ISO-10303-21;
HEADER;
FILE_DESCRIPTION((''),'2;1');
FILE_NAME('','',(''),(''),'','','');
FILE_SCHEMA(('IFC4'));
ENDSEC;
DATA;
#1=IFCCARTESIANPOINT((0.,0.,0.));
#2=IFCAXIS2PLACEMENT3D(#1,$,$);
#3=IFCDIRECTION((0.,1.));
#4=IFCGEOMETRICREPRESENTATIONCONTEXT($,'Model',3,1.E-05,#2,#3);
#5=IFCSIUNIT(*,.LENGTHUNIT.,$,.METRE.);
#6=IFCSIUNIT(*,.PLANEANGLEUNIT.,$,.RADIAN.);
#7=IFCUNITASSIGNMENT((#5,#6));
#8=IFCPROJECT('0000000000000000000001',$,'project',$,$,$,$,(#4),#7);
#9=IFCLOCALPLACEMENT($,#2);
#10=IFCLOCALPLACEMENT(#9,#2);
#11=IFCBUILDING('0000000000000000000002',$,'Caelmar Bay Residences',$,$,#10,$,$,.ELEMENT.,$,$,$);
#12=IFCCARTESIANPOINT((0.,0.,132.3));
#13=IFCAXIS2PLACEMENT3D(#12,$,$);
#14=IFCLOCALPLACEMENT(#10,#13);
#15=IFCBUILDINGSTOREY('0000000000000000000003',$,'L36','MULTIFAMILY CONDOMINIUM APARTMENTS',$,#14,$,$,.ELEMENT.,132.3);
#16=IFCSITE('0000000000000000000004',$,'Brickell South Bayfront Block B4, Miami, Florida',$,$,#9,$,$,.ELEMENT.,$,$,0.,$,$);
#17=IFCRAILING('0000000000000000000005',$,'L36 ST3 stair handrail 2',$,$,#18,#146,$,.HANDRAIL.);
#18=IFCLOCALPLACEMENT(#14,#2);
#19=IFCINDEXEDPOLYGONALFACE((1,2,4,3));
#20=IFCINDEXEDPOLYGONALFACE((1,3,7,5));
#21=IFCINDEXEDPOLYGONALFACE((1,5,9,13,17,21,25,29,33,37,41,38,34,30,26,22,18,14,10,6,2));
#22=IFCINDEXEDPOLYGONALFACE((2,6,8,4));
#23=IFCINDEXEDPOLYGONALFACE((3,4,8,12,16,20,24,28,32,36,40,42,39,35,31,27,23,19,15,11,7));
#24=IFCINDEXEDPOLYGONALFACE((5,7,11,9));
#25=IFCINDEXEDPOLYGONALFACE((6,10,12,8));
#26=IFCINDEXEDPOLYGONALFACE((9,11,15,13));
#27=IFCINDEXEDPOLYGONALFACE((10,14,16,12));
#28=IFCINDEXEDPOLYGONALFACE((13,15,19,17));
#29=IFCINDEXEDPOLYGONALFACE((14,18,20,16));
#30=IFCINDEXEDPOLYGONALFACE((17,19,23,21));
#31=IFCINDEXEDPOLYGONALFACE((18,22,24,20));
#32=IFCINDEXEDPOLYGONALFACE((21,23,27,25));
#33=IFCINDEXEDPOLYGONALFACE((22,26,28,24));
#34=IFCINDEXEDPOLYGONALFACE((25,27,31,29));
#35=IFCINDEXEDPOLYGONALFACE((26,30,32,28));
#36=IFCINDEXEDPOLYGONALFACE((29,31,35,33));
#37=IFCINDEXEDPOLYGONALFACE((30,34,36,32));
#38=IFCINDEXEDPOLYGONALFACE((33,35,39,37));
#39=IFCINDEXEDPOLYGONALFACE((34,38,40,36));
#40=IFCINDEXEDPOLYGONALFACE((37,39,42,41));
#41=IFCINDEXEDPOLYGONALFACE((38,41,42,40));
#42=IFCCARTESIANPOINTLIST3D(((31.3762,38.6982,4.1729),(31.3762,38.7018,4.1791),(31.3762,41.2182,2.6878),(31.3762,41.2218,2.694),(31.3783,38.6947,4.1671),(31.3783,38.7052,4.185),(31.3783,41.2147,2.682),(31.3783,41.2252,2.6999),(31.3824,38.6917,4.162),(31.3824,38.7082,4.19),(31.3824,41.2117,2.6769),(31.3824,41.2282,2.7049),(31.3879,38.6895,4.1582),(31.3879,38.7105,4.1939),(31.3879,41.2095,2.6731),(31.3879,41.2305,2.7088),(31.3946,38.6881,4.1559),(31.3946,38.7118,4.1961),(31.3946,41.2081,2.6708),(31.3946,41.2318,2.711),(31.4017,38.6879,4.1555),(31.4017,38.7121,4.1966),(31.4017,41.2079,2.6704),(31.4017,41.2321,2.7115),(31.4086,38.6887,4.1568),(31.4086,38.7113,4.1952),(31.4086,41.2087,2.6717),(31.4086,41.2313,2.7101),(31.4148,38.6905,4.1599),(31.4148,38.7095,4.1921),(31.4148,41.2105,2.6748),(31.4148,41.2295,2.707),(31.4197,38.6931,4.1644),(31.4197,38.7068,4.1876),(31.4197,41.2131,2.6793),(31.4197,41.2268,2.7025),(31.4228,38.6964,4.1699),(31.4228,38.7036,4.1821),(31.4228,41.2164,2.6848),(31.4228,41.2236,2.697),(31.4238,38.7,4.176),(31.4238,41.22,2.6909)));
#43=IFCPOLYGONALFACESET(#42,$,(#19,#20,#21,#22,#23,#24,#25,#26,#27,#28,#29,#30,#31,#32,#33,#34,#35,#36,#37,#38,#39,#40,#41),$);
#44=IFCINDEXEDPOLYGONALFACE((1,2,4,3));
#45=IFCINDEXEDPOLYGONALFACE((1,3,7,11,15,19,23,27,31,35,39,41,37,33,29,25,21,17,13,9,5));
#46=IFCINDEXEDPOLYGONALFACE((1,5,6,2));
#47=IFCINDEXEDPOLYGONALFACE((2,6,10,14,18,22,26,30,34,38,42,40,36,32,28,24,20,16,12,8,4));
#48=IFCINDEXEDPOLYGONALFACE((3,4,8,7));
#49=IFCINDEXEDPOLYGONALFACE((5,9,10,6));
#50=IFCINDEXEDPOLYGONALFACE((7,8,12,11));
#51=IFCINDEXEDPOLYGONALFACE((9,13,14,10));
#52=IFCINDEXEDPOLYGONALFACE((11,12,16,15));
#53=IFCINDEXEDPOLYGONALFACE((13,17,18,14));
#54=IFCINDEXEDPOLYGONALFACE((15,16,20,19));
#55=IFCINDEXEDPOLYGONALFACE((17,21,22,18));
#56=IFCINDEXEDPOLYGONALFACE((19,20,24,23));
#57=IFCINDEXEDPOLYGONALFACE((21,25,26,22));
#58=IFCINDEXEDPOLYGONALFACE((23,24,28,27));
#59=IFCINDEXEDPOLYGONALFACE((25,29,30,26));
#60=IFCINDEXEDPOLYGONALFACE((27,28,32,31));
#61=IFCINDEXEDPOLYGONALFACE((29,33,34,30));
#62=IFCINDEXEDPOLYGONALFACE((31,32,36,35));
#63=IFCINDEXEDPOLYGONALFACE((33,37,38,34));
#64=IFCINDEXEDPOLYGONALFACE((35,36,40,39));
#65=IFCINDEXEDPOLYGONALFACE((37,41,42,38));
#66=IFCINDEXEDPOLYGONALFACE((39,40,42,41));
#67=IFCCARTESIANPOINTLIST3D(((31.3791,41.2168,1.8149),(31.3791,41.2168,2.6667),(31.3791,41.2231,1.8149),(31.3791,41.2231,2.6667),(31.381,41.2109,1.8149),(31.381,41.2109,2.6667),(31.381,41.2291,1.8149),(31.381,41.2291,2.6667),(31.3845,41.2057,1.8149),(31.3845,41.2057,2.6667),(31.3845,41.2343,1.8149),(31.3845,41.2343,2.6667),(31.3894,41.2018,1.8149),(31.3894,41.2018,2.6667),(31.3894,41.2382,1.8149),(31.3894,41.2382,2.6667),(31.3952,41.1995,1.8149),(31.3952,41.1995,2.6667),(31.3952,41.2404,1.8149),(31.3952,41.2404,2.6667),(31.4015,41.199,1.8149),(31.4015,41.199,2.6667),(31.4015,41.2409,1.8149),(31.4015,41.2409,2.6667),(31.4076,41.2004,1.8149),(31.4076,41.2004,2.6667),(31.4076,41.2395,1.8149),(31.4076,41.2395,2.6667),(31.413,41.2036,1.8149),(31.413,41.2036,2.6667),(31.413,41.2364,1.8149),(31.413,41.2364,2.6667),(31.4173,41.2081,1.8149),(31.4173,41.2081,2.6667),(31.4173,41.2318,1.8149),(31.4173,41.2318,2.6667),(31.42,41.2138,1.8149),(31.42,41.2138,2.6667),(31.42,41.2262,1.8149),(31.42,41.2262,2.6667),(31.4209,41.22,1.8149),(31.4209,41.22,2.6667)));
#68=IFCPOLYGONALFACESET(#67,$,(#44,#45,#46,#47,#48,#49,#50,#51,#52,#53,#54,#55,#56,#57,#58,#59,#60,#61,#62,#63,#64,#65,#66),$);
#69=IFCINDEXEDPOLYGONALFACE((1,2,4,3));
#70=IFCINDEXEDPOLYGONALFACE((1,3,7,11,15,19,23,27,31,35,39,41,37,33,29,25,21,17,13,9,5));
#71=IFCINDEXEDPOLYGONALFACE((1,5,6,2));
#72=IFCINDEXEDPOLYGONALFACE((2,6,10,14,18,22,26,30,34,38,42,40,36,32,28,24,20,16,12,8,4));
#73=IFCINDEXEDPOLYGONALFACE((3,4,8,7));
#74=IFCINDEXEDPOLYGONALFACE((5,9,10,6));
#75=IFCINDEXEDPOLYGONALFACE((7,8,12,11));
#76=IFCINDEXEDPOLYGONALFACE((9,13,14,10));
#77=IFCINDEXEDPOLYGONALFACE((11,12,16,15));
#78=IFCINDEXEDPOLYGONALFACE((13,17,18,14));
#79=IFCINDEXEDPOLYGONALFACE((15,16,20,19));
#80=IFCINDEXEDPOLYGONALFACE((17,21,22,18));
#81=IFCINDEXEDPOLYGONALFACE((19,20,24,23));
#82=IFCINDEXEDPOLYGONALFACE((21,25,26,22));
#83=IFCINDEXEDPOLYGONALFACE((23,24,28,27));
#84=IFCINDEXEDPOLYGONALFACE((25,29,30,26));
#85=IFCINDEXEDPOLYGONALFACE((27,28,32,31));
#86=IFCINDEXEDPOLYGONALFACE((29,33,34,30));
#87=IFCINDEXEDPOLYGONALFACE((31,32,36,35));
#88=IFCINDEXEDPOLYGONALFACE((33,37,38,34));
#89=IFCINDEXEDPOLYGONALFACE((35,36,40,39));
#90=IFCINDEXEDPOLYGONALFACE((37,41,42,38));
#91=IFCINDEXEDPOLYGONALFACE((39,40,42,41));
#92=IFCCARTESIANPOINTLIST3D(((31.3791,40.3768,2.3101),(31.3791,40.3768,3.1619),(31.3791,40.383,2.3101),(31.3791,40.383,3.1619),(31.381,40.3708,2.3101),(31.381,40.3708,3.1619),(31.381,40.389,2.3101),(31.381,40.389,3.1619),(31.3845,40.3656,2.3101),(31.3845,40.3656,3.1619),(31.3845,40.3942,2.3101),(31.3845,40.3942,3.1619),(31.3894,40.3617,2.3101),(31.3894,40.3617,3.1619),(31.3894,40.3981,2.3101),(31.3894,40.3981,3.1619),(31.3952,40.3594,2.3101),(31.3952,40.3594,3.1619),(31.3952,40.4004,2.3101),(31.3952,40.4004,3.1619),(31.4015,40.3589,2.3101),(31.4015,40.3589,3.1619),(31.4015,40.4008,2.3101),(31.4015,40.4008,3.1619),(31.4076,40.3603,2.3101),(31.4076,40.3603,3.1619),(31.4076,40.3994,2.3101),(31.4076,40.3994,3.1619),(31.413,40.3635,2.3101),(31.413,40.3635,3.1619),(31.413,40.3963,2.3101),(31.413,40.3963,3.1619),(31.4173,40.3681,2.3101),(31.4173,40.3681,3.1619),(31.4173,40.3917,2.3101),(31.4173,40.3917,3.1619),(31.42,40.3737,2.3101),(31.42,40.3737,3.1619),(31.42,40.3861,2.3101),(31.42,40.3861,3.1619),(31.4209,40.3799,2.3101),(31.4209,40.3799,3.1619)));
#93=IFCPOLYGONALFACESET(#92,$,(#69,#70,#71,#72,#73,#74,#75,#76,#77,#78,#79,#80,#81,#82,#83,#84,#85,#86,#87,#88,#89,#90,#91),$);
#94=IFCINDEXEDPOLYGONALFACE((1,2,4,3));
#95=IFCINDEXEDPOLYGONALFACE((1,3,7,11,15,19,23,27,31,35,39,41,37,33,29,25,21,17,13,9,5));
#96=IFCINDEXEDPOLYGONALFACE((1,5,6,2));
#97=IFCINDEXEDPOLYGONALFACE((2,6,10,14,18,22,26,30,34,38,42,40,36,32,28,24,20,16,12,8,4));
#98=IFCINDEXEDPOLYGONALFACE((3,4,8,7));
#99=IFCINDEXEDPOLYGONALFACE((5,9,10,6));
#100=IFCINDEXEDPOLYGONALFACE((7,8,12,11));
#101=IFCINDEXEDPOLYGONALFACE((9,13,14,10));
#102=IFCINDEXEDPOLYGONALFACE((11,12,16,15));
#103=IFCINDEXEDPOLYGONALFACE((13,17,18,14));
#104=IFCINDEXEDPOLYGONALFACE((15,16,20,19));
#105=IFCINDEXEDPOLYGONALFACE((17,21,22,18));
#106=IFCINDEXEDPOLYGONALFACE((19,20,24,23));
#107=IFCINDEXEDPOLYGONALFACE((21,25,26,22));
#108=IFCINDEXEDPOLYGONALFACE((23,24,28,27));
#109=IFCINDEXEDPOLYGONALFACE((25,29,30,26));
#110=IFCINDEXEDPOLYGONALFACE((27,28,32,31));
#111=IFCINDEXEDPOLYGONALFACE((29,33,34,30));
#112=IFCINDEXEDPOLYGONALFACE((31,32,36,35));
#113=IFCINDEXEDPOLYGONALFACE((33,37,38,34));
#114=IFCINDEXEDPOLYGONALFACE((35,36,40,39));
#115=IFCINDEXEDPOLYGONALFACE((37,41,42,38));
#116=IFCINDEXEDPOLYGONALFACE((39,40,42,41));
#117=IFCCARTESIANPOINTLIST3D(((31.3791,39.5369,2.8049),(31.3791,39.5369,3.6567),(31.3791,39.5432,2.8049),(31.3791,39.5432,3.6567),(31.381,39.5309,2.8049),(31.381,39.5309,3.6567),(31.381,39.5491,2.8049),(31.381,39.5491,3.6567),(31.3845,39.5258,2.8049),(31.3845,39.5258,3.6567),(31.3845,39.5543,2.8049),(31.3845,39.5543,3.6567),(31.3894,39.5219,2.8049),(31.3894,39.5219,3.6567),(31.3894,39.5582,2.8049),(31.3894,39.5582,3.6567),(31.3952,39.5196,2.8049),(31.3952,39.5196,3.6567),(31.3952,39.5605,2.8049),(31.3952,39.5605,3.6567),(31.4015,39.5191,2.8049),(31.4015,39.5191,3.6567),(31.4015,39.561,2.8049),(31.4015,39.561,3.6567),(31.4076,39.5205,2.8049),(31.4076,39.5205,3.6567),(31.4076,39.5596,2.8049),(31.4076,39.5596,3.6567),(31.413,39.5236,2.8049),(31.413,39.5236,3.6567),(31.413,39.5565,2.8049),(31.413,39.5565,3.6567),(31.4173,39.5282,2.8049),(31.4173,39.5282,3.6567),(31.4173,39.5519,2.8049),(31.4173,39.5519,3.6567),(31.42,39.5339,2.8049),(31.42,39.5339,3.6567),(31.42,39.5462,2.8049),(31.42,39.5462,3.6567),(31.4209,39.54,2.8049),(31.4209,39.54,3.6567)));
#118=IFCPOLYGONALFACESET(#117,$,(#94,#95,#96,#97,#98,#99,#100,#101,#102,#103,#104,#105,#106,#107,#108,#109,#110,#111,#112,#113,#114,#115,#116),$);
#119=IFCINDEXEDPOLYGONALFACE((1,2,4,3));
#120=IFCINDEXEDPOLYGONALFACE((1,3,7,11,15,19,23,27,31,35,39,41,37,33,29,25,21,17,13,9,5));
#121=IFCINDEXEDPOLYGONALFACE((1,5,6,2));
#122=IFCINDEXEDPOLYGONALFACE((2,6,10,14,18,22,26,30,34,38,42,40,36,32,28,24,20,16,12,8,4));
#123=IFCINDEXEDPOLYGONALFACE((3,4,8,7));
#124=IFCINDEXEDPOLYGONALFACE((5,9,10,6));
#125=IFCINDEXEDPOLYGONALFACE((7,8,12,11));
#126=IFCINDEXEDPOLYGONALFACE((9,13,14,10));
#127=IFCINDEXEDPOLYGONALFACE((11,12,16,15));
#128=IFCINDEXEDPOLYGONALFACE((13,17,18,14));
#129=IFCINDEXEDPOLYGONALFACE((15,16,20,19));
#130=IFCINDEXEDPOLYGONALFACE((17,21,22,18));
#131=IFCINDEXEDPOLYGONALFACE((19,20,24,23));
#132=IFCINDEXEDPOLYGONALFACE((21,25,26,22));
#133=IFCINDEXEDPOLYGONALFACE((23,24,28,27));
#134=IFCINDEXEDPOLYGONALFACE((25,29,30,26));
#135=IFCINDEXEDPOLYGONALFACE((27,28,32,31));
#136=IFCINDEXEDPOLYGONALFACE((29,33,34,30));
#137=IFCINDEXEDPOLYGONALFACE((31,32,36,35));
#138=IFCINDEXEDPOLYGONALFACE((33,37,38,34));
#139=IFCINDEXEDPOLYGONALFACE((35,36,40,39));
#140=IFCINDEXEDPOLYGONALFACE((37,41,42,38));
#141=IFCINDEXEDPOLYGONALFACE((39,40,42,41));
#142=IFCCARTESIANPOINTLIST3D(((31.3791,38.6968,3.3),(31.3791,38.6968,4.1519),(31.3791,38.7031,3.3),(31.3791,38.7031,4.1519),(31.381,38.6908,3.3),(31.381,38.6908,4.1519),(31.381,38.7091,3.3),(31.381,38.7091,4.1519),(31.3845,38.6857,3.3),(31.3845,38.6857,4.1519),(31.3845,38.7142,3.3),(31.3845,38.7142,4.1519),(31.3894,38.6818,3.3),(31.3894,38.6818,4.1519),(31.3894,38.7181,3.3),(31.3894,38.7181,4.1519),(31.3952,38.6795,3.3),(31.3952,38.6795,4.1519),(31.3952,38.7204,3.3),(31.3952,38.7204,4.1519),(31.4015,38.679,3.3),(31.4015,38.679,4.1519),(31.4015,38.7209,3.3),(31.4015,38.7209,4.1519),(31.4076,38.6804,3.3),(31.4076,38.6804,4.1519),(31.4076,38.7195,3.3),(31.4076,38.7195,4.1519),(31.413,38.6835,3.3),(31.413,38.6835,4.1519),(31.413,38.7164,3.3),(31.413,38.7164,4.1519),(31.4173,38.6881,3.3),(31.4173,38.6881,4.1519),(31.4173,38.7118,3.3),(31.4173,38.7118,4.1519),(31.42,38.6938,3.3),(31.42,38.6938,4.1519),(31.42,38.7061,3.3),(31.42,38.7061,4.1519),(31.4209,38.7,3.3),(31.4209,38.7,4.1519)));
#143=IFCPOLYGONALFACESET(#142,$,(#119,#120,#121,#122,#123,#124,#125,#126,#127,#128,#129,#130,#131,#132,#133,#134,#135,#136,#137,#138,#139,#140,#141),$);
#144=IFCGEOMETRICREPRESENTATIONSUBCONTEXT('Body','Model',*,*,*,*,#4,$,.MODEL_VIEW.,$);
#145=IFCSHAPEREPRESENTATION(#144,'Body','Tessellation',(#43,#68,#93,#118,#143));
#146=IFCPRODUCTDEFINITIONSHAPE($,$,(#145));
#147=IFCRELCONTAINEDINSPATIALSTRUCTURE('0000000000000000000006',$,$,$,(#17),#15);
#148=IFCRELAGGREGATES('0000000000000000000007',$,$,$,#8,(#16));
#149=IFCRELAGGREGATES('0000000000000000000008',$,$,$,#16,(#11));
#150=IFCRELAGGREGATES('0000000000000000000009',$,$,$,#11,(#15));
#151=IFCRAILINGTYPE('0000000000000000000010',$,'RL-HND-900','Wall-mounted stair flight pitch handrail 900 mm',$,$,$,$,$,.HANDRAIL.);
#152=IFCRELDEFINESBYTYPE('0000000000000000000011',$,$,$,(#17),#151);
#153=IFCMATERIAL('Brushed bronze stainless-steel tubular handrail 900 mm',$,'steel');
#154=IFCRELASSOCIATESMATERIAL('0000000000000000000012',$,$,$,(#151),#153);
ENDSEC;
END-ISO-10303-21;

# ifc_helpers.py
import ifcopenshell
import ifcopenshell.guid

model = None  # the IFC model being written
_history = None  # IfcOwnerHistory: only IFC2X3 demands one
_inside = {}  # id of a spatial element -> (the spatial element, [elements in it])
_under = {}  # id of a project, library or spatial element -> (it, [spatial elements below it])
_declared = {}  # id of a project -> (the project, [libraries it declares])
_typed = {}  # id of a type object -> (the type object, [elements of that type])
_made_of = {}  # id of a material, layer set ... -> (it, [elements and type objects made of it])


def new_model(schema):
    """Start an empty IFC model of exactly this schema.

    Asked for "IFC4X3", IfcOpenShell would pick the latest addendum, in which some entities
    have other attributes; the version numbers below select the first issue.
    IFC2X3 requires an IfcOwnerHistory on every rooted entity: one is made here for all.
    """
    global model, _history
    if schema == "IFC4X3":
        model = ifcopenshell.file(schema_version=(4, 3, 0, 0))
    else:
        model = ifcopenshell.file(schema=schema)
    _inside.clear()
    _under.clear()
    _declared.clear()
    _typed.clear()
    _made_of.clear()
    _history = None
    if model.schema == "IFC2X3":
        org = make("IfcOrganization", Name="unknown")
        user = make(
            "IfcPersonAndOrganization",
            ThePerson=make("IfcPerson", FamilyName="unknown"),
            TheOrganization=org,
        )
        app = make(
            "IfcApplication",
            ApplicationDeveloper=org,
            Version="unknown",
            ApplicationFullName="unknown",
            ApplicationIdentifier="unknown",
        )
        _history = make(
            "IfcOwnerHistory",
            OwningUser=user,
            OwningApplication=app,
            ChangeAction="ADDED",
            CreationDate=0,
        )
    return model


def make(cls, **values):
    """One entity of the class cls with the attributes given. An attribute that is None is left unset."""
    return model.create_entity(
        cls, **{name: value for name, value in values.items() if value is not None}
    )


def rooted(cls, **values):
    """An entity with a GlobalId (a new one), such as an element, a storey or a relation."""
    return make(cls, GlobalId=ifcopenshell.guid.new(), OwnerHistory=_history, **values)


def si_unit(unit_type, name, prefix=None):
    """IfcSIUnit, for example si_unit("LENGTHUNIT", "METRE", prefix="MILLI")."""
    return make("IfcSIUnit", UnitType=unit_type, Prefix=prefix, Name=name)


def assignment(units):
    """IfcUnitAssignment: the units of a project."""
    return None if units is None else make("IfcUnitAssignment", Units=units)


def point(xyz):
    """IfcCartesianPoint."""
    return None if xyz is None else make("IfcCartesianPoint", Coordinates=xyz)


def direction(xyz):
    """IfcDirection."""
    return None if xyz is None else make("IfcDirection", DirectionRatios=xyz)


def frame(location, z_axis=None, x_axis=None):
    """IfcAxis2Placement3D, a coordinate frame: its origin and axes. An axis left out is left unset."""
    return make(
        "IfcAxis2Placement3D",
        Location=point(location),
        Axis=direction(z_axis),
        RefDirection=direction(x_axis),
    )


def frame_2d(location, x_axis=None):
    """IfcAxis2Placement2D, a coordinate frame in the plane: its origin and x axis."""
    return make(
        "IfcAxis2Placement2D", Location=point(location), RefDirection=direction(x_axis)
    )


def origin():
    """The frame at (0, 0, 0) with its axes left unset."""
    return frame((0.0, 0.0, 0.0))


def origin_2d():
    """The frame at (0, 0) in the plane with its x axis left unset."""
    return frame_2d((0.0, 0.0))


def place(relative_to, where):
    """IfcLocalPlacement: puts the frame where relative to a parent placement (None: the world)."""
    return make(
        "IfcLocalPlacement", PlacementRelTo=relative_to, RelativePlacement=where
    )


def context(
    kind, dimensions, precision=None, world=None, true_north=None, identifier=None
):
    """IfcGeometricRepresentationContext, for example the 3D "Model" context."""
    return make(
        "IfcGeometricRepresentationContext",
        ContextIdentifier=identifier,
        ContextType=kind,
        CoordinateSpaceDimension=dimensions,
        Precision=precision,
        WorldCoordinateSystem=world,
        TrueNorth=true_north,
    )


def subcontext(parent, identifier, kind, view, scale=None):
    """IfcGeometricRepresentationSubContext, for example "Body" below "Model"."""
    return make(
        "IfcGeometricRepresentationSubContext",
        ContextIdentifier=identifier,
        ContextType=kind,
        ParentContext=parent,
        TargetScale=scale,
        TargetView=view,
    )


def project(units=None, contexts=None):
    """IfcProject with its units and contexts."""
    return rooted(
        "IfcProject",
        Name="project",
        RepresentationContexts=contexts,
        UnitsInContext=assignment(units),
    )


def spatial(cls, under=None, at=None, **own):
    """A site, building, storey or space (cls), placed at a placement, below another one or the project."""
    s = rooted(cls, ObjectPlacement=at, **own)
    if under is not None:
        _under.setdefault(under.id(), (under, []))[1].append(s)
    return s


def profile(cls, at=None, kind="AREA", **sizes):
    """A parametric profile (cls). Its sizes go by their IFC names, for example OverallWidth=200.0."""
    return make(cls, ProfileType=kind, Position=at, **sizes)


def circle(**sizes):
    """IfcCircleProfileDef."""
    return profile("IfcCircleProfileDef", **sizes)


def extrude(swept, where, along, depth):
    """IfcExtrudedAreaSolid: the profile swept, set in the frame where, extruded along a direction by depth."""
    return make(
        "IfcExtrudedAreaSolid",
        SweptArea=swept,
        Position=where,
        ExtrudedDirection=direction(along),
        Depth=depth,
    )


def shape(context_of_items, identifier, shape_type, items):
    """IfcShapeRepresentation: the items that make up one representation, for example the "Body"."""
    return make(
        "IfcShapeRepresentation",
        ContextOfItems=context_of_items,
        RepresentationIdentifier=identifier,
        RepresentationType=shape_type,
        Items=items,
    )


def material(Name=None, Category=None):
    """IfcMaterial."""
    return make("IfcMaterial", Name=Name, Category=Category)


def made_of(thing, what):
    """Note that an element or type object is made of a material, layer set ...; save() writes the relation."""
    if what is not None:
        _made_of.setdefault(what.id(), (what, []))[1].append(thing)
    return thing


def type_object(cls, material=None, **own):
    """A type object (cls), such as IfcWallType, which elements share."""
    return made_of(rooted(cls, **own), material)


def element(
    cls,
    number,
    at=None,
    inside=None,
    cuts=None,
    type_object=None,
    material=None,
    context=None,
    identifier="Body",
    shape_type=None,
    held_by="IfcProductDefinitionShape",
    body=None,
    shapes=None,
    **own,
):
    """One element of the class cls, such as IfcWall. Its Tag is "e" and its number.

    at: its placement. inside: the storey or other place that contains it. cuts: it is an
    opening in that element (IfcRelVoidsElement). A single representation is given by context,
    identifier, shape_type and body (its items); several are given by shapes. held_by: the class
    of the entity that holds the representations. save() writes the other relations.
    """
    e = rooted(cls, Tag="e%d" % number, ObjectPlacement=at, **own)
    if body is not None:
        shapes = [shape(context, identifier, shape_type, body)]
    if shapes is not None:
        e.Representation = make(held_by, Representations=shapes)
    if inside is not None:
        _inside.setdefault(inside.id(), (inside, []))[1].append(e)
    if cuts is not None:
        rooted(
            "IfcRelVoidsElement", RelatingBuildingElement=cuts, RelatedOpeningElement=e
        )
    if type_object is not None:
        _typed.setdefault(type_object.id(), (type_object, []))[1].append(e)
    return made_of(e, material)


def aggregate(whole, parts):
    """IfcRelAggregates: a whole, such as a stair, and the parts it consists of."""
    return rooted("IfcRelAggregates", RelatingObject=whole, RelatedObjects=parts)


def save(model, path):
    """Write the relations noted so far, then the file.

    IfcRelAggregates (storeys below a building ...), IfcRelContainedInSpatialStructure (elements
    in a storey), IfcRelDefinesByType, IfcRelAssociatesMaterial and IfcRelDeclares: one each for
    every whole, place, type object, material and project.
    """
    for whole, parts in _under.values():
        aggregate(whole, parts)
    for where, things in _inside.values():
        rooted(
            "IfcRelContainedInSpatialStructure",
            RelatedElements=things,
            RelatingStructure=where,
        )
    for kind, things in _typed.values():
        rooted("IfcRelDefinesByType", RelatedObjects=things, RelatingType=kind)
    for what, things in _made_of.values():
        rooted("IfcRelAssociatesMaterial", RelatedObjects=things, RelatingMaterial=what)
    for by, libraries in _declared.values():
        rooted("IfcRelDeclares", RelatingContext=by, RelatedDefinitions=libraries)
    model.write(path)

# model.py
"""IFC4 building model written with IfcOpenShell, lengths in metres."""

from ifc_helpers import new_model, si_unit, direction, frame, origin, origin_2d, place, context, subcontext, project, spatial, circle, extrude, material, type_object, element, save


model = new_model("IFC4")

# Units and contexts
model_context = context("Model", 3, precision=1e-05, world=origin(), true_north=direction((0.0, 1.0)))
body_context = subcontext(model_context, "Body", "Model", "MODEL_VIEW")
ifc_project = project(units=[si_unit("LENGTHUNIT", "METRE"), si_unit("PLANEANGLEUNIT", "RADIAN")], contexts=[model_context])

# Site, building, storey
site_placement = place(None, origin())
site = spatial("IfcSite", under=ifc_project, at=site_placement, Name="Brickell South Bayfront Block B4, Miami, Florida", CompositionType="ELEMENT", RefElevation=0.0)
building_placement = place(site_placement, origin())
building = spatial("IfcBuilding", under=site, at=building_placement, Name="Caelmar Bay Residences", CompositionType="ELEMENT")
storey_placement = place(building_placement, frame((0.0, 0.0, 132.3)))
storey = spatial("IfcBuildingStorey", under=building, at=storey_placement, Name="L36", Description="MULTIFAMILY CONDOMINIUM APARTMENTS", CompositionType="ELEMENT", Elevation=132.3)

# Railing
ifc_material_1 = material(Name="Brushed bronze stainless-steel tubular handrail 900 mm", Category="steel")
railing_type_1 = type_object("IfcRailingType", Name="RL-HND-900", Description="Wall-mounted stair flight pitch handrail 900 mm", PredefinedType="HANDRAIL", material=ifc_material_1)
railing_1_placement = place(storey_placement, frame((31.3999, 41.22, 1.8149)))
element("IfcRailing", 1, at=railing_1_placement, inside=storey, type_object=railing_type_1, Name="L36 ST3 stair handrail 2", PredefinedType="HANDRAIL", context=body_context, shape_type="SweptSolid", body=[
    extrude(circle(Radius=0.0239, at=origin_2d()), frame((0.0, 0.0, 0.876), z_axis=(0.0, -0.861524, 0.507717), x_axis=(1.0, 0.0, 0.0)), (0.0, 0.0, 1.0), 2.925),
    extrude(circle(Radius=0.021, at=origin_2d()), origin(), (0.0, 0.0, 1.0), 0.8518),
    extrude(circle(Radius=0.021, at=origin_2d()), frame((0.0, -0.8401, 0.4951)), (0.0, 0.0, 1.0), 0.8518),
    extrude(circle(Radius=0.021, at=origin_2d()), frame((0.0, -1.6799, 0.99)), (0.0, 0.0, 1.0), 0.8518),
    extrude(circle(Radius=0.021, at=origin_2d()), frame((0.0, -2.52, 1.4851)), (0.0, 0.0, 1.0), 0.8518),
])

save(model, "model.ifc")
